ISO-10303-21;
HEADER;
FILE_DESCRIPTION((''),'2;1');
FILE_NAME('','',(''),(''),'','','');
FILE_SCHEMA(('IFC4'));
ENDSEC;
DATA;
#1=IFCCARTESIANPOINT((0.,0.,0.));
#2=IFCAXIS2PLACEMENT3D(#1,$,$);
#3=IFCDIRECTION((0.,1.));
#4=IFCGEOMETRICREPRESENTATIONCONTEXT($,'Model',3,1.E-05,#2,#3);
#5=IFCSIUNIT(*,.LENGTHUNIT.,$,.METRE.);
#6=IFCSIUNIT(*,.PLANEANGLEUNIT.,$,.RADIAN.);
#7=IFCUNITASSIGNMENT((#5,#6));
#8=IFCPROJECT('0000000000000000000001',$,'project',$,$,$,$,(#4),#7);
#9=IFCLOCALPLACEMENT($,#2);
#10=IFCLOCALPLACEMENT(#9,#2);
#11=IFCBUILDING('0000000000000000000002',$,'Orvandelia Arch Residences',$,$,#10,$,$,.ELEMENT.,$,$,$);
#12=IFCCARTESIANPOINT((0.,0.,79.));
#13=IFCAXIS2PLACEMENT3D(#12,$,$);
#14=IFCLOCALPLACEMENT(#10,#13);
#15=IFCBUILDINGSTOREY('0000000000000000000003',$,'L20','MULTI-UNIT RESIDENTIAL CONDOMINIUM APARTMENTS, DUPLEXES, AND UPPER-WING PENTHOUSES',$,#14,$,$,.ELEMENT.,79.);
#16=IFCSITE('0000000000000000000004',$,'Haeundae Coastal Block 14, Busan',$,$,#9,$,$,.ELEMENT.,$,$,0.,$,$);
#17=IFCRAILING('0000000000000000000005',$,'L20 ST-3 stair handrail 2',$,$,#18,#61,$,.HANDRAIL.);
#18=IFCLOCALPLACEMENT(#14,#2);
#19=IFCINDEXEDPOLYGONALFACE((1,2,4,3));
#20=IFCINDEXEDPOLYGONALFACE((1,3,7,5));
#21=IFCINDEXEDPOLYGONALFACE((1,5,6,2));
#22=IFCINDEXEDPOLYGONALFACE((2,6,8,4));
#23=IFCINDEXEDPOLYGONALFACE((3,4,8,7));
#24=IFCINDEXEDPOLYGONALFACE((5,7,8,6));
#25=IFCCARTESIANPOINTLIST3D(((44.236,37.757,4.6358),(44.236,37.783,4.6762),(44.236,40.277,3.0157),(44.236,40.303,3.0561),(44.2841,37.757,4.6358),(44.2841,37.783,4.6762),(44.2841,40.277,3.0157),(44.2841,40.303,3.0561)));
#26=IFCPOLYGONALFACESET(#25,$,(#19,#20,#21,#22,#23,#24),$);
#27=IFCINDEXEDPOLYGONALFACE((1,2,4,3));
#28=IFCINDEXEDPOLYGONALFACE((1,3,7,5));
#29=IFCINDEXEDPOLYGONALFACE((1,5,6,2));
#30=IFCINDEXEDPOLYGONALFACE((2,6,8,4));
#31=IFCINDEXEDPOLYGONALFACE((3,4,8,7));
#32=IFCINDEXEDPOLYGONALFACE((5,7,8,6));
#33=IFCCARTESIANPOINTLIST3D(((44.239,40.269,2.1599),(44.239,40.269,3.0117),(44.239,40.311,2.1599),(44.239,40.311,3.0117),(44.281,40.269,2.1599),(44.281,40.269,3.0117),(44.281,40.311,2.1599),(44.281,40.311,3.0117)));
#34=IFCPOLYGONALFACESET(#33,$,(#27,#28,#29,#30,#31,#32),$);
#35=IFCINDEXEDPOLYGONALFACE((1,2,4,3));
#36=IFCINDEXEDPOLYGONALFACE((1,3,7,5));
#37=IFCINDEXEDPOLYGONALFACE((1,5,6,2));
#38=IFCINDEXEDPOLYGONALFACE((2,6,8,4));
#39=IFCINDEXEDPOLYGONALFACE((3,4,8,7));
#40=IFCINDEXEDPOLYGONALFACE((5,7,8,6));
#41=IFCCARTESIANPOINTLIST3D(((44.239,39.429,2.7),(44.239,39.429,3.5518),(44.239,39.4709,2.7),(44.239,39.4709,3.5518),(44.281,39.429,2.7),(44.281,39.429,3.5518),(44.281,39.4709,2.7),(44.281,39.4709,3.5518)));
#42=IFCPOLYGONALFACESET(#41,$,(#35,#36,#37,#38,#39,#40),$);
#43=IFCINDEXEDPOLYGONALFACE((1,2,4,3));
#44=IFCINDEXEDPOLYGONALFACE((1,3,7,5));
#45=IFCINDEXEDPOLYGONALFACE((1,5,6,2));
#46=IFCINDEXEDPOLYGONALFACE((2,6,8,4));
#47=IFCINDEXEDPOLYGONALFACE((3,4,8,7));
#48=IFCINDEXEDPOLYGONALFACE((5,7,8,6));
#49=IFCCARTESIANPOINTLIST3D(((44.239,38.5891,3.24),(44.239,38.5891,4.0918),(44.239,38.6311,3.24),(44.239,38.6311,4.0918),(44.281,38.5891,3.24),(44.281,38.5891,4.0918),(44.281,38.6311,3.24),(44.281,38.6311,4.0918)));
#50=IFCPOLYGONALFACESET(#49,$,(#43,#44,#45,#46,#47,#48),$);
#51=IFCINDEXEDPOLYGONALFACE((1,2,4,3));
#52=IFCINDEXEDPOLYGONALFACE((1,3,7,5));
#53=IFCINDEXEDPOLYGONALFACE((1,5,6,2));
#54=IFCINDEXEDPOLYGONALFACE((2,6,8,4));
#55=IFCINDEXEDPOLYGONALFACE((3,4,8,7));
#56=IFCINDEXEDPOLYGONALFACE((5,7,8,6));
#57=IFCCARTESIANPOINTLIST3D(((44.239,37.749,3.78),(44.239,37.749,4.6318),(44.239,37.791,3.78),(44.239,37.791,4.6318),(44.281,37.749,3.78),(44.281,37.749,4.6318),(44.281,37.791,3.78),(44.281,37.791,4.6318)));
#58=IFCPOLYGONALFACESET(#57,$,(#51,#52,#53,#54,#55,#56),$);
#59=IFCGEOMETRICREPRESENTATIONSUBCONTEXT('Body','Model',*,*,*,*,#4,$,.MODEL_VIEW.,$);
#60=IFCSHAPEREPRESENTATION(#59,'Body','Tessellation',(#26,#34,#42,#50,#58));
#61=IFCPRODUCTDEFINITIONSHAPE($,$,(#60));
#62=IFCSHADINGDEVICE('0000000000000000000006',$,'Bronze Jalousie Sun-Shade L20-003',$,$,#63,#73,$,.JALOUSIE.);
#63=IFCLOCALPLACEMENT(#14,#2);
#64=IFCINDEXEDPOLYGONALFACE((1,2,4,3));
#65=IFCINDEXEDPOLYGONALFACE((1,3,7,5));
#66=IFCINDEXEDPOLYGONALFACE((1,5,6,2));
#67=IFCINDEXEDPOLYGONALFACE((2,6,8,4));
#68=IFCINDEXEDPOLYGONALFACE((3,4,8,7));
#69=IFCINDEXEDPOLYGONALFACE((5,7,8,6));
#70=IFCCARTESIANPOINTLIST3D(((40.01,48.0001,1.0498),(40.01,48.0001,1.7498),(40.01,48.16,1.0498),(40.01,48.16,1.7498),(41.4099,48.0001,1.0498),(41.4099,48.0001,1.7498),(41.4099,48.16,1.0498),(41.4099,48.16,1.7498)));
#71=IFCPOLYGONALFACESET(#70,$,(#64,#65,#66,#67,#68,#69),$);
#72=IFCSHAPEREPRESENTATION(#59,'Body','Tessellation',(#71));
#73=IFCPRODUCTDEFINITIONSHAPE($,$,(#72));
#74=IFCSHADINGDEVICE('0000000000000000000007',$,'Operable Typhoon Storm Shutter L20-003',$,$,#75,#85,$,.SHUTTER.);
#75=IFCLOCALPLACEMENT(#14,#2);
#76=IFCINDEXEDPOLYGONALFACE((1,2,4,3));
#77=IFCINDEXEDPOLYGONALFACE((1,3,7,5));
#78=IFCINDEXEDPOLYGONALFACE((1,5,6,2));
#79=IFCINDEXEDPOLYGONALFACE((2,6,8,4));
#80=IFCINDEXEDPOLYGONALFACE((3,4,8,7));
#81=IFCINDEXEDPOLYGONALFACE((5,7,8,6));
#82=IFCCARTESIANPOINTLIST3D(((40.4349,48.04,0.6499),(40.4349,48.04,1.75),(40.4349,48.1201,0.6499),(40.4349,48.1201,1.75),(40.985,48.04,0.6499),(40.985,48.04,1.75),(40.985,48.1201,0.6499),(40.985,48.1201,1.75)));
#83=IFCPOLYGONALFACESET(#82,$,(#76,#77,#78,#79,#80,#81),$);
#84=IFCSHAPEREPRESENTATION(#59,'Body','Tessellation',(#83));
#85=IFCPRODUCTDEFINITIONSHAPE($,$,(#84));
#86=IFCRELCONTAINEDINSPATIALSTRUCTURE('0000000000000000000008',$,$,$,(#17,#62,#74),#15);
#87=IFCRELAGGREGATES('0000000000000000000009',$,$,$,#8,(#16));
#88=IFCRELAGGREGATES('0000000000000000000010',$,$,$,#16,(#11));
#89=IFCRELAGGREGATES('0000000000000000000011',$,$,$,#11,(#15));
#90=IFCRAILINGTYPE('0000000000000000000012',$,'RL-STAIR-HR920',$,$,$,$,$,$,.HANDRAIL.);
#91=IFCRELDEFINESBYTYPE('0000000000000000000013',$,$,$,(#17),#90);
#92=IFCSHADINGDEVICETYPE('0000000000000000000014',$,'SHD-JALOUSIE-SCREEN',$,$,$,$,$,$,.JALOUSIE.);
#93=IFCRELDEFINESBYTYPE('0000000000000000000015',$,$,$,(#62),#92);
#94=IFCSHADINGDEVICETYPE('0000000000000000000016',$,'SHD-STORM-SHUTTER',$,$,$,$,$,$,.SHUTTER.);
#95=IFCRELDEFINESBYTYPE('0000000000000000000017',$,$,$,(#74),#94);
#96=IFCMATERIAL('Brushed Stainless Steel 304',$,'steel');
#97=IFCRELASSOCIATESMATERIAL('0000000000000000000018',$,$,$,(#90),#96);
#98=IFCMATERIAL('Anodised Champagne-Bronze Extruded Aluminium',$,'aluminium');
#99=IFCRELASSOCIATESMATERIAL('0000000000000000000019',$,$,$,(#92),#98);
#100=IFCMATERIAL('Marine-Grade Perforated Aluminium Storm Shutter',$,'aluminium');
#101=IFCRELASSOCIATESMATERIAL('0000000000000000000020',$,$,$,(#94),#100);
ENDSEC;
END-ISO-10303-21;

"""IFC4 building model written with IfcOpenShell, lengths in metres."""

from ifc_helpers import new_model, si_unit, direction, frame, origin, origin_2d, place, context, subcontext, project, spatial, rectangle, extrude, material, type_object, element, save


model = new_model("IFC4")

# Units and contexts
model_context = context("Model", 3, precision=1e-05, world=origin(), true_north=direction((0.0, 1.0)))
body_context = subcontext(model_context, "Body", "Model", "MODEL_VIEW")
ifc_project = project(units=[si_unit("LENGTHUNIT", "METRE"), si_unit("PLANEANGLEUNIT", "RADIAN")], contexts=[model_context])

# Site, building, storey
site_placement = place(None, origin())
site = spatial("IfcSite", under=ifc_project, at=site_placement, Name="Haeundae Coastal Block 14, Busan", CompositionType="ELEMENT", RefElevation=0.0)
building_placement = place(site_placement, origin())
building = spatial("IfcBuilding", under=site, at=building_placement, Name="Orvandelia Arch Residences", CompositionType="ELEMENT")
storey_placement = place(building_placement, frame((0.0, 0.0, 79.0)))
storey = spatial("IfcBuildingStorey", under=building, at=storey_placement, Name="L20", Description="MULTI-UNIT RESIDENTIAL CONDOMINIUM APARTMENTS, DUPLEXES, AND UPPER-WING PENTHOUSES", CompositionType="ELEMENT", Elevation=79.0)

# Railing
ifc_material_1 = material(Name="Brushed Stainless Steel 304", Category="steel")
railing_type = type_object("IfcRailingType", Name="RL-STAIR-HR920", PredefinedType="HANDRAIL", material=ifc_material_1)
railing_placement = place(storey_placement, frame((44.26, 40.29, 2.1599)))
element("IfcRailing", 1, at=railing_placement, inside=storey, type_object=railing_type, Name="L20 ST-3 stair handrail 2", PredefinedType="HANDRAIL", context=body_context, shape_type="SweptSolid", body=[
    extrude(rectangle(XDim=0.0481, YDim=0.0481, at=origin_2d()), frame((0.0, 0.0, 0.876), z_axis=(0.0, -0.841163, 0.540782), x_axis=(1.0, 0.0, 0.0)), (0.0, 0.0, 1.0), 2.9958),
    extrude(rectangle(XDim=0.042, YDim=0.042, at=origin_2d()), origin(), (0.0, 0.0, 1.0), 0.8518),
    extrude(rectangle(XDim=0.042, YDim=0.042, at=origin_2d()), frame((0.0, -0.8401, 0.54)), (0.0, 0.0, 1.0), 0.8518),
    extrude(rectangle(XDim=0.042, YDim=0.042, at=origin_2d()), frame((0.0, -1.6799, 1.0801)), (0.0, 0.0, 1.0), 0.8518),
    extrude(rectangle(XDim=0.042, YDim=0.042, at=origin_2d()), frame((0.0, -2.52, 1.6201)), (0.0, 0.0, 1.0), 0.8518),
])

# Shading devices
ifc_material_2 = material(Name="Anodised Champagne-Bronze Extruded Aluminium", Category="aluminium")
shading_device_type_1 = type_object("IfcShadingDeviceType", Name="SHD-JALOUSIE-SCREEN", PredefinedType="JALOUSIE", material=ifc_material_2)
shading_device_1_placement = place(storey_placement, frame((40.71, 48.0801, 1.0498), z_axis=(0.0, 0.0, 1.0), x_axis=(1.0, 0.0, 0.0)))
element("IfcShadingDevice", 2, at=shading_device_1_placement, inside=storey, type_object=shading_device_type_1, Name="Bronze Jalousie Sun-Shade L20-003", PredefinedType="JALOUSIE", context=body_context, shape_type="SweptSolid", body=[
    extrude(rectangle(XDim=1.3999, YDim=0.1599, at=origin_2d()), origin(), (0.0, 0.0, 1.0), 0.7),
])
ifc_material_3 = material(Name="Marine-Grade Perforated Aluminium Storm Shutter", Category="aluminium")
shading_device_type_2 = type_object("IfcShadingDeviceType", Name="SHD-STORM-SHUTTER", PredefinedType="SHUTTER", material=ifc_material_3)
shading_device_2_placement = place(storey_placement, frame((40.71, 48.0801, 0.6499), z_axis=(0.0, 0.0, 1.0), x_axis=(1.0, 0.0, 0.0)))
element("IfcShadingDevice", 3, at=shading_device_2_placement, inside=storey, type_object=shading_device_type_2, Name="Operable Typhoon Storm Shutter L20-003", PredefinedType="SHUTTER", context=body_context, shape_type="SweptSolid", body=[
    extrude(rectangle(XDim=0.55, YDim=0.0801, at=origin_2d()), origin(), (0.0, 0.0, 1.0), 1.1001),
])

save(model, "model.ifc")
